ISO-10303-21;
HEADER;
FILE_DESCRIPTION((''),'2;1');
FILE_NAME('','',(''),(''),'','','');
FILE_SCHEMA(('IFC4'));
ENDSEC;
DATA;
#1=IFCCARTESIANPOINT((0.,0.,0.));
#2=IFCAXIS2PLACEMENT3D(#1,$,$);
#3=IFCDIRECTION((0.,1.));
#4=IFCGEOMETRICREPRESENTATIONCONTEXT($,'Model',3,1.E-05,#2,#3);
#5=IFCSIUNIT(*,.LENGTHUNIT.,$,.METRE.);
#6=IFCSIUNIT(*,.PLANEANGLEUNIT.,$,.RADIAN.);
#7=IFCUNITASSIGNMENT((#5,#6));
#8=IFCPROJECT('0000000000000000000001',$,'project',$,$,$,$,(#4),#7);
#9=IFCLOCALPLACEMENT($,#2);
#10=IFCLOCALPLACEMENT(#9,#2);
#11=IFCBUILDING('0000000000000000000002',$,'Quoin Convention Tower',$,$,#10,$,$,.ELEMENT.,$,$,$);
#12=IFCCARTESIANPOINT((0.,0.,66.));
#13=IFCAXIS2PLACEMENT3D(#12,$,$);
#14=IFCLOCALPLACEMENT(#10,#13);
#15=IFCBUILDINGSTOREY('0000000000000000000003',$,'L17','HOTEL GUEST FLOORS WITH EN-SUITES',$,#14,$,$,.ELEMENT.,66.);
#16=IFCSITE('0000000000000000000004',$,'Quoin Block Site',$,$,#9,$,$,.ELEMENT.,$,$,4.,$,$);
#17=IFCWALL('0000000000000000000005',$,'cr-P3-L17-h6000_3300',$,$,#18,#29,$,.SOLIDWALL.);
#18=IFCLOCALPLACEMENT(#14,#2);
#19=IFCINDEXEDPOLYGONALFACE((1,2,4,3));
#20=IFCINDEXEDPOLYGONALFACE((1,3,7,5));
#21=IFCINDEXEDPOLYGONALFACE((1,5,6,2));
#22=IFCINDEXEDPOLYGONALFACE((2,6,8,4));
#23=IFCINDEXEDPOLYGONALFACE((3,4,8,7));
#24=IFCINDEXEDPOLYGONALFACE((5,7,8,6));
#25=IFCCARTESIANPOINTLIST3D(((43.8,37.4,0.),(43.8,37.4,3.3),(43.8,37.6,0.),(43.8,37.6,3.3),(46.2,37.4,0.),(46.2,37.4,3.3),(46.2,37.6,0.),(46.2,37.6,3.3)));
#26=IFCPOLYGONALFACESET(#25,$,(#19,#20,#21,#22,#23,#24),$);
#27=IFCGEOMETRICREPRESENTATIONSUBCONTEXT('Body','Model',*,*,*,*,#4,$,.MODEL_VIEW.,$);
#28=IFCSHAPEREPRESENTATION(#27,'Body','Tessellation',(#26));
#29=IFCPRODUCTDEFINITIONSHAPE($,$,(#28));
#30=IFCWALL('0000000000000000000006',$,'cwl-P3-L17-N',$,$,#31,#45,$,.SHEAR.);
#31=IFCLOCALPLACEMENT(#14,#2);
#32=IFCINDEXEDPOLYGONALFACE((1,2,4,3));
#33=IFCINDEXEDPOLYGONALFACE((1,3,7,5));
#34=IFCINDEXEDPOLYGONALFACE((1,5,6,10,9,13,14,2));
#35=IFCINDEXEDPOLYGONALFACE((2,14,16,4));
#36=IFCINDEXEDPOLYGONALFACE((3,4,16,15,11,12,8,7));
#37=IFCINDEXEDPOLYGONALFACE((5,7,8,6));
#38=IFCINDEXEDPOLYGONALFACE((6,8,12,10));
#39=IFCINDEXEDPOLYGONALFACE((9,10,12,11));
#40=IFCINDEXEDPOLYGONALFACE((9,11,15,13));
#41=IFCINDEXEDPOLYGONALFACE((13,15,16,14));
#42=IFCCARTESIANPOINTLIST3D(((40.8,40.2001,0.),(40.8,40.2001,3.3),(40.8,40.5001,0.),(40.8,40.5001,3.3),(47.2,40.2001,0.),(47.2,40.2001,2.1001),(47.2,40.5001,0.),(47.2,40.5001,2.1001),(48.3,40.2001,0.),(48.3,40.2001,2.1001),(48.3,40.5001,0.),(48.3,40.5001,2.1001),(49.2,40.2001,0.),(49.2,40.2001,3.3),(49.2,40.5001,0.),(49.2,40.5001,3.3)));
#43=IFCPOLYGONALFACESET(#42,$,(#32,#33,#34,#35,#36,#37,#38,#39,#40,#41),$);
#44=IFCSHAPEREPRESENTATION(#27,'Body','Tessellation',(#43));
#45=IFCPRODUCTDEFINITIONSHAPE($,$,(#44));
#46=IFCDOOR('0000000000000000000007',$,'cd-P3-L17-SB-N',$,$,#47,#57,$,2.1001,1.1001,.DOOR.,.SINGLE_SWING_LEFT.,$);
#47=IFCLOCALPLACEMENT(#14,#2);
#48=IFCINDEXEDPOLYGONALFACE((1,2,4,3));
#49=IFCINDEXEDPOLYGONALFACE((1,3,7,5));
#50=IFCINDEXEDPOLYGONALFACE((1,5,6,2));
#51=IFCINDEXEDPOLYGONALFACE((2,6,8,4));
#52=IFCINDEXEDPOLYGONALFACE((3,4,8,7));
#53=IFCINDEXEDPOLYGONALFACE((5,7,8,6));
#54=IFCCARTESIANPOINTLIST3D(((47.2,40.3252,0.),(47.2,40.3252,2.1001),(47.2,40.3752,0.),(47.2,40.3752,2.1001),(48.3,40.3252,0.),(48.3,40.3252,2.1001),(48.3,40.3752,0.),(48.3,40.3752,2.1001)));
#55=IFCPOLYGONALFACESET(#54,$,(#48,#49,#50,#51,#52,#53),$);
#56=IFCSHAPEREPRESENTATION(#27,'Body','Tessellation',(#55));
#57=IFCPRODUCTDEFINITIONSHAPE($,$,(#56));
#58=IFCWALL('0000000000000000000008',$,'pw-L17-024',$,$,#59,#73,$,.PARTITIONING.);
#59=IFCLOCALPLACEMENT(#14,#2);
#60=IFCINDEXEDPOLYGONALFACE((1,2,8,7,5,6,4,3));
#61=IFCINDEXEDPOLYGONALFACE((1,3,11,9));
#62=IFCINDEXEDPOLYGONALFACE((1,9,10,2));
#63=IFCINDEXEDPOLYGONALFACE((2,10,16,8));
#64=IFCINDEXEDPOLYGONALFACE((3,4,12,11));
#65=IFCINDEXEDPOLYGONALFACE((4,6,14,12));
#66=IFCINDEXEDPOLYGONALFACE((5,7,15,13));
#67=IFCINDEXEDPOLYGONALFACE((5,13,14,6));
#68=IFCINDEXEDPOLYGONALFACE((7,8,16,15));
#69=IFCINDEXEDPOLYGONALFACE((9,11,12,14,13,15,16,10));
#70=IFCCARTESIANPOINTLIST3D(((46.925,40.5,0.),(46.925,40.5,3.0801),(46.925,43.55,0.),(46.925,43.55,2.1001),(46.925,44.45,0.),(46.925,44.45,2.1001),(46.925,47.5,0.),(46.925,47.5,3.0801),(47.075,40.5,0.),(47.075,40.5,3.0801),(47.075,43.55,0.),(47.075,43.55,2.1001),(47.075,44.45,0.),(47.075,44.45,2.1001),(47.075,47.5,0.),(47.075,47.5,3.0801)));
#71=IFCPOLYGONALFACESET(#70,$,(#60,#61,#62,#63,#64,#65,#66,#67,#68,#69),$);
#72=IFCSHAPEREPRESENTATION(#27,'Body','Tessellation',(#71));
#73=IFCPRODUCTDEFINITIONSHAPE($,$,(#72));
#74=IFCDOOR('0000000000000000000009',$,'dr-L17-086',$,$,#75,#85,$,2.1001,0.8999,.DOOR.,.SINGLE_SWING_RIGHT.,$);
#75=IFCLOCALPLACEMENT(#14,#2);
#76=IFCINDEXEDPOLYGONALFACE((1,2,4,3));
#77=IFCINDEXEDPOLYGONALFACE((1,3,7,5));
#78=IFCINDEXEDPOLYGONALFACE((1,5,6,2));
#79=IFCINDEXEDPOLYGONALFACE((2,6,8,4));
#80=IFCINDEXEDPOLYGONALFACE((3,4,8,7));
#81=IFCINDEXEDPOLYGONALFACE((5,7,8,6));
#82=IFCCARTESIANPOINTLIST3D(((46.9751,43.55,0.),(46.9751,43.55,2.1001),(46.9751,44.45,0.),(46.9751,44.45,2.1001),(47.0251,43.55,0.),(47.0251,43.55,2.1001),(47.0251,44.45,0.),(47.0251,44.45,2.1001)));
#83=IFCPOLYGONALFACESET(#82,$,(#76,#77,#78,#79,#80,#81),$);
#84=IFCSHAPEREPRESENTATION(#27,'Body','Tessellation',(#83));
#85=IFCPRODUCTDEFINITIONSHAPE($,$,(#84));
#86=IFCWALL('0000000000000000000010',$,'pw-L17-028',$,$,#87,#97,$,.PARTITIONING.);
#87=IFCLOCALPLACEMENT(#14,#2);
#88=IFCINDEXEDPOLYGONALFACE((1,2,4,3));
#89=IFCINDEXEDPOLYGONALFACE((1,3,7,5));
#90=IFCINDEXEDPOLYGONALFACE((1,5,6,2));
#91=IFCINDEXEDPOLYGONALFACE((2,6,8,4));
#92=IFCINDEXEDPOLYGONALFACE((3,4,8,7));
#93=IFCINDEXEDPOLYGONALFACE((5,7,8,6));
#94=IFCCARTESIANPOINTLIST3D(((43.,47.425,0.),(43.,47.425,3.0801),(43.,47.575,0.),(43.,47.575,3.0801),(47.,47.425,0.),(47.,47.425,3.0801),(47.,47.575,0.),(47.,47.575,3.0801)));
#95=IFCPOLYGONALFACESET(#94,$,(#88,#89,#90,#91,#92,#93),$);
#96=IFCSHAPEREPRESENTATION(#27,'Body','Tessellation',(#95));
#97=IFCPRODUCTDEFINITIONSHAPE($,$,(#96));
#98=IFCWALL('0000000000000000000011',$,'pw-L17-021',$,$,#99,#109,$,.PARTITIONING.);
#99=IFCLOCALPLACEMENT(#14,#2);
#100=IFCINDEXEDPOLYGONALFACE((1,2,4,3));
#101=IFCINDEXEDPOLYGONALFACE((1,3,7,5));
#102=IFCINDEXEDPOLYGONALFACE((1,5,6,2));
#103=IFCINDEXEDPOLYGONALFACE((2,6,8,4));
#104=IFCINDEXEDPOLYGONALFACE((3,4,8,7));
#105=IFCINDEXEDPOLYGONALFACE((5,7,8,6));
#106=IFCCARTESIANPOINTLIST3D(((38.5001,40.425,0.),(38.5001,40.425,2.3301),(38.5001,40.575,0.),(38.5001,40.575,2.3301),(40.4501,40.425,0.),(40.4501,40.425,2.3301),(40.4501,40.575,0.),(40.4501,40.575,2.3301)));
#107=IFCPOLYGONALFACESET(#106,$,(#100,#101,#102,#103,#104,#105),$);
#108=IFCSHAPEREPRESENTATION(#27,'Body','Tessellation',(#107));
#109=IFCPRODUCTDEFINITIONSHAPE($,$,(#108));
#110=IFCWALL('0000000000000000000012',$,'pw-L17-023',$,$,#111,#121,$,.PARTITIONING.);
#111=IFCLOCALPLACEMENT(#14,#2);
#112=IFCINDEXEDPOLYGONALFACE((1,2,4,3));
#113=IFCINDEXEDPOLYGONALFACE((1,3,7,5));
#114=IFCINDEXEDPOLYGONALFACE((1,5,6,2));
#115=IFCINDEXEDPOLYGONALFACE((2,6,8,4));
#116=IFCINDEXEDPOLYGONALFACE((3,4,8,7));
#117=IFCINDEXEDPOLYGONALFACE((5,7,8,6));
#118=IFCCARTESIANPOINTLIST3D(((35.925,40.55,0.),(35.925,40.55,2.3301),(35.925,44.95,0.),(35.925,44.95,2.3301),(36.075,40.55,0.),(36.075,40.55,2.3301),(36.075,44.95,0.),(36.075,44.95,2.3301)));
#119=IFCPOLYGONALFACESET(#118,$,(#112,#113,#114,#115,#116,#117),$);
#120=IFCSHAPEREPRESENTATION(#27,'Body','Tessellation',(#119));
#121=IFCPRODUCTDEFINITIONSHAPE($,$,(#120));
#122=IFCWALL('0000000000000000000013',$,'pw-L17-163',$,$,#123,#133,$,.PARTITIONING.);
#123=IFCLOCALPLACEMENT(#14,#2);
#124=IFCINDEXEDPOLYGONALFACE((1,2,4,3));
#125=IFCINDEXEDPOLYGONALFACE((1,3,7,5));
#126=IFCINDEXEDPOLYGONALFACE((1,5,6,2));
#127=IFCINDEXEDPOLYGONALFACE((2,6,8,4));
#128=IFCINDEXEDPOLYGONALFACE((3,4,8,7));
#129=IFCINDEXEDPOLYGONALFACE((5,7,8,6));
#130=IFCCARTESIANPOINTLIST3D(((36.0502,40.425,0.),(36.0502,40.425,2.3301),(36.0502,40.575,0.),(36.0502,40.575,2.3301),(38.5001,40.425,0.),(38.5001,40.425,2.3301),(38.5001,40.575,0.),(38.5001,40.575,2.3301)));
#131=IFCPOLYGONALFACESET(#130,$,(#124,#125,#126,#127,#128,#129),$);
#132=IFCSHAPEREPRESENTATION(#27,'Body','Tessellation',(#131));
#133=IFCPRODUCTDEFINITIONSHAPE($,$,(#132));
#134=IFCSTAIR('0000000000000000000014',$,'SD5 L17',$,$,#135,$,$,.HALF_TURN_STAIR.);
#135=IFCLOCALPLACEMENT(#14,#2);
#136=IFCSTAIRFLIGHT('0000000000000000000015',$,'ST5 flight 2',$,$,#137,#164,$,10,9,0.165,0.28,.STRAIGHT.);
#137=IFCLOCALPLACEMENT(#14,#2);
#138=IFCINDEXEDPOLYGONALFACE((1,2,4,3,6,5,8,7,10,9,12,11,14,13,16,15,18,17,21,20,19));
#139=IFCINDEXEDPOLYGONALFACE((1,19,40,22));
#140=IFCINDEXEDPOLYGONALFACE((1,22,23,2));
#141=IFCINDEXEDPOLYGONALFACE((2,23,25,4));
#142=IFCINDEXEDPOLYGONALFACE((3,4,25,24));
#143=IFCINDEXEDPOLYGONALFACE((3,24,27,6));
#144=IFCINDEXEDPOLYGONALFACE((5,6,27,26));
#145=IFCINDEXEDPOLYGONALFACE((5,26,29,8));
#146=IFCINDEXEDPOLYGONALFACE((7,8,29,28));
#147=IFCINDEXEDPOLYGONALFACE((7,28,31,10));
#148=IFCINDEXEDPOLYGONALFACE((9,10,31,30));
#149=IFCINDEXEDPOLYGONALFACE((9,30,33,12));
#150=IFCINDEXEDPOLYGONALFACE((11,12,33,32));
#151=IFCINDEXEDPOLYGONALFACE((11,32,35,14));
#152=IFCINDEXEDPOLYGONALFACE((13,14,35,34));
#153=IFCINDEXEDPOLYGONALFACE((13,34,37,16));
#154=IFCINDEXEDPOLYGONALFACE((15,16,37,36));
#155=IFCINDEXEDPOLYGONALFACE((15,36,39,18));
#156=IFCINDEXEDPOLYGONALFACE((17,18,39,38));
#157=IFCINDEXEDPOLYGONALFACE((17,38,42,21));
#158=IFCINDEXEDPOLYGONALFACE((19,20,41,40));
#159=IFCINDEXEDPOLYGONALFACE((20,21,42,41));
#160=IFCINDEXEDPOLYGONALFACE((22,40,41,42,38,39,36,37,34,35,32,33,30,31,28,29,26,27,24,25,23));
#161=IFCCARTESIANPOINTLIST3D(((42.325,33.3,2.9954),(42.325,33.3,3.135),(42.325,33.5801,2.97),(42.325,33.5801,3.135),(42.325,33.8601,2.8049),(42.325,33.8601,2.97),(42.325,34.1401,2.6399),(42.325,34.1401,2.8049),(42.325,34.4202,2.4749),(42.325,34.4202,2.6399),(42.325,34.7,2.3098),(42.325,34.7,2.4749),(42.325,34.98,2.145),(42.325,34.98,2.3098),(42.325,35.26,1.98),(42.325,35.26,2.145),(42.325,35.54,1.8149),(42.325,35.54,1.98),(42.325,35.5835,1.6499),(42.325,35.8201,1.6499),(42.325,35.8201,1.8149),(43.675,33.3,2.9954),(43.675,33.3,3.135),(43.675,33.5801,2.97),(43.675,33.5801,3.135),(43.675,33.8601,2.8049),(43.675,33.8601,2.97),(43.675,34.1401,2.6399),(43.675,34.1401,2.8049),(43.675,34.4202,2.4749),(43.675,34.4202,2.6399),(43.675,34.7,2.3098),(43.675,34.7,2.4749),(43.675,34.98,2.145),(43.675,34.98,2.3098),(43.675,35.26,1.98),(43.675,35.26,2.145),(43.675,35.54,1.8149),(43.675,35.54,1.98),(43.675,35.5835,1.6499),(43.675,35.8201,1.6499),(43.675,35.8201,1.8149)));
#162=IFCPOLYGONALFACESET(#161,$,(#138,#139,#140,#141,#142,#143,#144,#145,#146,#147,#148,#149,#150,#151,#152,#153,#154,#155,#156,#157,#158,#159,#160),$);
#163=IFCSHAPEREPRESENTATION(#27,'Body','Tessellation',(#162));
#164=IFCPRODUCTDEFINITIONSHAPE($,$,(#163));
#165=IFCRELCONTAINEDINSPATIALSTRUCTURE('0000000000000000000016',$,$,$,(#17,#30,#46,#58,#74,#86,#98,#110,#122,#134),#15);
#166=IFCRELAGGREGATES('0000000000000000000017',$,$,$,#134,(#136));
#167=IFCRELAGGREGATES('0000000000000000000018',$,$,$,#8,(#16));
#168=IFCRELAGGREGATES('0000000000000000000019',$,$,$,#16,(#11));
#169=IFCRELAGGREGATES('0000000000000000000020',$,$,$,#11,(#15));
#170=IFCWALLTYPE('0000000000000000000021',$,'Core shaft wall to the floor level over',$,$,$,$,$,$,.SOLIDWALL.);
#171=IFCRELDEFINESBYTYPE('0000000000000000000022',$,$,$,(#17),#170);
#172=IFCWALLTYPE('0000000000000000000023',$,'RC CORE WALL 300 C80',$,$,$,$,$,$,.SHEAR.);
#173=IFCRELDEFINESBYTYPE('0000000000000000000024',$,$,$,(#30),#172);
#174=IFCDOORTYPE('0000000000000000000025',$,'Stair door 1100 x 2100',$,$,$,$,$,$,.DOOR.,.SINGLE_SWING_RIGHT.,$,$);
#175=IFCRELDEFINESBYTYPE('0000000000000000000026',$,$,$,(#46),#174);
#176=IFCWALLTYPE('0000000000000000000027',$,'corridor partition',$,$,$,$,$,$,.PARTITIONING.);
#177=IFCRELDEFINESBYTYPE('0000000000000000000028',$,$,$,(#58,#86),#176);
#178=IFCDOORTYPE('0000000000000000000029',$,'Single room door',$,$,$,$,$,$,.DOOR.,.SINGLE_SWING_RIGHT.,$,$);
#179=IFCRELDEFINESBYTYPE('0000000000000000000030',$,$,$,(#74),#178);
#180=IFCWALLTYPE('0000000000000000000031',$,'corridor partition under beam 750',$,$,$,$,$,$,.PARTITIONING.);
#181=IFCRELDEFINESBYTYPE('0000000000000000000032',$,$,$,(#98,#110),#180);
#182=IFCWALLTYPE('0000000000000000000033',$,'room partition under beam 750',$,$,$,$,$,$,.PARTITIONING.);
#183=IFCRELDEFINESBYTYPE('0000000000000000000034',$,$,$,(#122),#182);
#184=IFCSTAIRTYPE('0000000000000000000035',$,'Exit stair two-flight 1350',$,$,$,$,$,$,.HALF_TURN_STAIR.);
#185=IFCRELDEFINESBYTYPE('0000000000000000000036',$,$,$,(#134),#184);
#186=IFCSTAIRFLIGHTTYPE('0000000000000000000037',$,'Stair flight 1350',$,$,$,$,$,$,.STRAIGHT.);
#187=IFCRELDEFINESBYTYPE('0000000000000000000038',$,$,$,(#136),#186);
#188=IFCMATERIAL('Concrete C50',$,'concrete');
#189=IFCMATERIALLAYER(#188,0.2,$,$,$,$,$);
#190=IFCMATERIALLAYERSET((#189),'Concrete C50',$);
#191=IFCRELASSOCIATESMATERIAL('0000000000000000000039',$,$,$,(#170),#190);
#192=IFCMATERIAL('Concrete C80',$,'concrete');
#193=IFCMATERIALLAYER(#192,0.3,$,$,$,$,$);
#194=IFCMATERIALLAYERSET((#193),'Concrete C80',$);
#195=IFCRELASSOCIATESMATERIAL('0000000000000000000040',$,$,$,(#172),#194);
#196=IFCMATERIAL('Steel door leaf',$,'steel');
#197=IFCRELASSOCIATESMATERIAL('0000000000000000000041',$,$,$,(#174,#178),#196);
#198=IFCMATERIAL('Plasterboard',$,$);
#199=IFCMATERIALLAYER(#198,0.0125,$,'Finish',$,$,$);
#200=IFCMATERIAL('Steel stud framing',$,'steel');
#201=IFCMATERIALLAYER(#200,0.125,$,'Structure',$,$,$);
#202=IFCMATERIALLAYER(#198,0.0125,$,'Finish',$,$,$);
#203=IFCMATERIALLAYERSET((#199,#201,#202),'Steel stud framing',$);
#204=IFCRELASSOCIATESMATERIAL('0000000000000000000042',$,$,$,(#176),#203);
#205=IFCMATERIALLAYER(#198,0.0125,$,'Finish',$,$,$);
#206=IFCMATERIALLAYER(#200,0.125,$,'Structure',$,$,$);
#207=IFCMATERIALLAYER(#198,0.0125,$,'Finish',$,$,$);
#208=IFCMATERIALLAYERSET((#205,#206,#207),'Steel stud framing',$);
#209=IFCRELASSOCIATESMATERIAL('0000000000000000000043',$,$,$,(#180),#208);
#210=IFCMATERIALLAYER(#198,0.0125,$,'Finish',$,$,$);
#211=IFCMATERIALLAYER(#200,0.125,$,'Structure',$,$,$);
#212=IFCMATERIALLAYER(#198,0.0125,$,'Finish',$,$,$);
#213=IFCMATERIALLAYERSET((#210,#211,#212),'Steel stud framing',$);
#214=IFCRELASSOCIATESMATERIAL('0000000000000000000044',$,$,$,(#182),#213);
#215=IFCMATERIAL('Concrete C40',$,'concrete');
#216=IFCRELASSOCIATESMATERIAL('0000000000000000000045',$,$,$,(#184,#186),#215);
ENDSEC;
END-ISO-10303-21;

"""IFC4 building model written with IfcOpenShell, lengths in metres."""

from ifc_helpers import new_model, si_unit, direction, frame, frame_2d, origin, place, context, subcontext, project, spatial, polyline, rectangle, outline, extrude, material, layer, layer_set, type_object, element, fill, aggregate, save


model = new_model("IFC4")

# Units and contexts
model_context = context("Model", 3, precision=1e-05, world=origin(), true_north=direction((0.0, 1.0)))
body_context = subcontext(model_context, "Body", "Model", "MODEL_VIEW")
ifc_project = project(units=[si_unit("LENGTHUNIT", "METRE"), si_unit("PLANEANGLEUNIT", "RADIAN")], contexts=[model_context])

# Site, building, storey
site_placement = place(None, origin())
site = spatial("IfcSite", under=ifc_project, at=site_placement, Name="Quoin Block Site", CompositionType="ELEMENT", RefElevation=4.0)
building_placement = place(site_placement, origin())
building = spatial("IfcBuilding", under=site, at=building_placement, Name="Quoin Convention Tower", CompositionType="ELEMENT")
storey_placement = place(building_placement, frame((0.0, 0.0, 66.0)))
storey = spatial("IfcBuildingStorey", under=building, at=storey_placement, Name="L17", Description="HOTEL GUEST FLOORS WITH EN-SUITES", CompositionType="ELEMENT", Elevation=66.0)

# Shared definitions
ifc_material_1 = material(Name="Concrete C80", Category="concrete")

# Wall
ifc_material_2 = material(Name="Concrete C50", Category="concrete")
ifc_layer_1 = layer(ifc_material_2, 0.2)
ifc_layer_set_1 = layer_set([ifc_layer_1], Name="Concrete C50")
wall_type_1 = type_object("IfcWallType", Name="Core shaft wall to the floor level over", PredefinedType="SOLIDWALL", material=ifc_layer_set_1)
wall_1_placement = place(storey_placement, frame((43.8, 37.5, 0.0), z_axis=(0.0, 0.0, 1.0), x_axis=(1.0, 0.0, 0.0)))
element("IfcWall", 1, at=wall_1_placement, inside=storey, type_object=wall_type_1, Name="cr-P3-L17-h6000_3300", PredefinedType="SOLIDWALL", context=body_context, shape_type="SweptSolid", body=[
    extrude(rectangle(XDim=2.3999, YDim=0.2, at=frame_2d((1.2, 0.0))), origin(), (0.0, 0.0, 1.0), 3.3),
])

# Walls, openings, doors
ifc_layer_2 = layer(ifc_material_1, 0.3)
ifc_layer_set_2 = layer_set([ifc_layer_2], Name="Concrete C80")
wall_type_2 = type_object("IfcWallType", Name="RC CORE WALL 300 C80", PredefinedType="SHEAR", material=ifc_layer_set_2)
wall_2_placement = place(storey_placement, frame((40.8, 40.3501, 0.0), z_axis=(0.0, 0.0, 1.0), x_axis=(1.0, 0.0, 0.0)))
wall_2 = element("IfcWall", 2, at=wall_2_placement, inside=storey, type_object=wall_type_2, Name="cwl-P3-L17-N", PredefinedType="SHEAR", context=body_context, shape_type="SweptSolid", body=[
    extrude(rectangle(XDim=8.3999, YDim=0.3, at=frame_2d((4.2, 0.0))), origin(), (0.0, 0.0, 1.0), 3.3),
])
opening_1_placement = place(wall_2_placement, frame((6.3999, 0.0, 0.0)))
opening_1 = element("IfcOpeningElement", 3, at=opening_1_placement, cuts=wall_2, PredefinedType="OPENING", context=body_context, shape_type="SweptSolid", body=[
    extrude(rectangle(XDim=1.1001, YDim=2.1001, at=frame_2d((0.55, 1.05))), frame((0.0, 0.1599, 0.0), z_axis=(0.0, -1.0, 0.0), x_axis=(1.0, 0.0, 0.0)), (0.0, 0.0, 1.0), 0.3201),
])
ifc_material_3 = material(Name="Steel door leaf", Category="steel")
door_type_1 = type_object("IfcDoorType", Name="Stair door 1100 x 2100", OperationType="SINGLE_SWING_RIGHT", PredefinedType="DOOR", material=ifc_material_3)
door_1_placement = place(opening_1_placement, frame((1.1001, 0.0, 0.0), z_axis=(0.0, 0.0, 1.0), x_axis=(-1.0, 0.0, 0.0)))
door_1 = element("IfcDoor", 4, at=door_1_placement, inside=storey, type_object=door_type_1, Name="cd-P3-L17-SB-N", OperationType="SINGLE_SWING_LEFT", OverallHeight=2.1001, OverallWidth=1.1001, PredefinedType="DOOR", context=body_context, shape_type="SweptSolid", body=[
    extrude(rectangle(XDim=1.1001, YDim=2.1001, at=frame_2d((0.55, 1.05))), frame((0.0, 0.0249, 0.0), z_axis=(0.0, -1.0, 0.0), x_axis=(1.0, 0.0, 0.0)), (0.0, 0.0, 1.0), 0.05),
])
fill(opening_1, door_1)
ifc_material_4 = material(Name="Plasterboard")
ifc_layer_3 = layer(ifc_material_4, 0.0125, Name="Finish")
ifc_material_5 = material(Name="Steel stud framing", Category="steel")
ifc_layer_4 = layer(ifc_material_5, 0.125, Name="Structure")
ifc_layer_5 = layer(ifc_material_4, 0.0125, Name="Finish")
ifc_layer_set_3 = layer_set([ifc_layer_3, ifc_layer_4, ifc_layer_5], Name="Steel stud framing")
wall_type_3 = type_object("IfcWallType", Name="corridor partition", PredefinedType="PARTITIONING", material=ifc_layer_set_3)
wall_3_placement = place(storey_placement, frame((47.0, 40.5, 0.0), z_axis=(0.0, 0.0, 1.0), x_axis=(0.0, 1.0, 0.0)))
wall_3 = element("IfcWall", 5, at=wall_3_placement, inside=storey, type_object=wall_type_3, Name="pw-L17-024", PredefinedType="PARTITIONING", context=body_context, shape_type="SweptSolid", body=[
    extrude(rectangle(XDim=7.0, YDim=0.1499, at=frame_2d((3.5, 0.0))), origin(), (0.0, 0.0, 1.0), 3.0801),
])
opening_2_placement = place(wall_3_placement, frame((3.05, 0.0, 0.0)))
opening_2 = element("IfcOpeningElement", 6, at=opening_2_placement, cuts=wall_3, PredefinedType="OPENING", context=body_context, shape_type="SweptSolid", body=[
    extrude(rectangle(XDim=0.8999, YDim=2.1001, at=frame_2d((0.45, 1.05))), frame((0.0, 0.085, 0.0), z_axis=(0.0, -1.0, 0.0), x_axis=(1.0, 0.0, 0.0)), (0.0, 0.0, 1.0), 0.1699),
])
door_type_2 = type_object("IfcDoorType", Name="Single room door", OperationType="SINGLE_SWING_RIGHT", PredefinedType="DOOR", material=ifc_material_3)
door_2_placement = place(opening_2_placement, origin())
door_2 = element("IfcDoor", 7, at=door_2_placement, inside=storey, type_object=door_type_2, Name="dr-L17-086", OperationType="SINGLE_SWING_RIGHT", OverallHeight=2.1001, OverallWidth=0.8999, PredefinedType="DOOR", context=body_context, shape_type="SweptSolid", body=[
    extrude(rectangle(XDim=0.8999, YDim=2.1001, at=frame_2d((0.45, 1.05))), frame((0.0, 0.0249, 0.0), z_axis=(0.0, -1.0, 0.0), x_axis=(1.0, 0.0, 0.0)), (0.0, 0.0, 1.0), 0.05),
])
fill(opening_2, door_2)

# Walls
wall_4_placement = place(storey_placement, frame((43.0, 47.5, 0.0), z_axis=(0.0, 0.0, 1.0), x_axis=(1.0, 0.0, 0.0)))
element("IfcWall", 8, at=wall_4_placement, inside=storey, type_object=wall_type_3, Name="pw-L17-028", PredefinedType="PARTITIONING", context=body_context, shape_type="SweptSolid", body=[
    extrude(rectangle(XDim=4.0, YDim=0.1499, at=frame_2d((2.0, 0.0))), origin(), (0.0, 0.0, 1.0), 3.0801),
])
ifc_layer_6 = layer(ifc_material_4, 0.0125, Name="Finish")
ifc_layer_7 = layer(ifc_material_5, 0.125, Name="Structure")
ifc_layer_8 = layer(ifc_material_4, 0.0125, Name="Finish")
ifc_layer_set_4 = layer_set([ifc_layer_6, ifc_layer_7, ifc_layer_8], Name="Steel stud framing")
wall_type_4 = type_object("IfcWallType", Name="corridor partition under beam 750", PredefinedType="PARTITIONING", material=ifc_layer_set_4)
wall_5_placement = place(storey_placement, frame((38.5, 40.5, 0.0), z_axis=(0.0, 0.0, 1.0), x_axis=(1.0, 0.0, 0.0)))
element("IfcWall", 9, at=wall_5_placement, inside=storey, type_object=wall_type_4, Name="pw-L17-021", PredefinedType="PARTITIONING", context=body_context, shape_type="SweptSolid", body=[
    extrude(rectangle(XDim=1.95, YDim=0.1499, at=frame_2d((0.9751, 0.0))), origin(), (0.0, 0.0, 1.0), 2.3301),
])
wall_6_placement = place(storey_placement, frame((36.0, 40.55, 0.0), z_axis=(0.0, 0.0, 1.0), x_axis=(0.0, 1.0, 0.0)))
element("IfcWall", 10, at=wall_6_placement, inside=storey, type_object=wall_type_4, Name="pw-L17-023", PredefinedType="PARTITIONING", context=body_context, shape_type="SweptSolid", body=[
    extrude(rectangle(XDim=4.3999, YDim=0.1499, at=frame_2d((2.2, 0.0))), origin(), (0.0, 0.0, 1.0), 2.3301),
])
ifc_layer_9 = layer(ifc_material_4, 0.0125, Name="Finish")
ifc_layer_10 = layer(ifc_material_5, 0.125, Name="Structure")
ifc_layer_11 = layer(ifc_material_4, 0.0125, Name="Finish")
ifc_layer_set_5 = layer_set([ifc_layer_9, ifc_layer_10, ifc_layer_11], Name="Steel stud framing")
wall_type_5 = type_object("IfcWallType", Name="room partition under beam 750", PredefinedType="PARTITIONING", material=ifc_layer_set_5)
wall_7_placement = place(storey_placement, frame((36.05, 40.5, 0.0), z_axis=(0.0, 0.0, 1.0), x_axis=(1.0, 0.0, 0.0)))
element("IfcWall", 11, at=wall_7_placement, inside=storey, type_object=wall_type_5, Name="pw-L17-163", PredefinedType="PARTITIONING", context=body_context, shape_type="SweptSolid", body=[
    extrude(rectangle(XDim=2.45, YDim=0.1499, at=frame_2d((1.2251, 0.0))), origin(), (0.0, 0.0, 1.0), 2.3301),
])

# Stair, stair flight
ifc_material_6 = material(Name="Concrete C40", Category="concrete")
stair_type = type_object("IfcStairType", Name="Exit stair two-flight 1350", PredefinedType="HALF_TURN_STAIR", material=ifc_material_6)
stair_1_placement = place(storey_placement, origin())
stair_1 = element("IfcStair", 12, at=stair_1_placement, inside=storey, type_object=stair_type, Name="SD5 L17", PredefinedType="HALF_TURN_STAIR")
stair_flight_type = type_object("IfcStairFlightType", Name="Stair flight 1350", PredefinedType="STRAIGHT", material=ifc_material_6)
stair_flight_1_placement = place(storey_placement, frame((43.0, 35.8201, 1.6499), z_axis=(0.0, 0.0, 1.0), x_axis=(0.0, -1.0, 0.0)))
stair_flight_1 = element("IfcStairFlight", 13, at=stair_flight_1_placement, type_object=stair_flight_type, Name="ST5 flight 2", NumberOfRisers=10, NumberOfTreads=9, PredefinedType="STRAIGHT", RiserHeight=0.165, TreadLength=0.28, context=body_context, shape_type="SweptSolid", body=[
    extrude(outline(polyline([(0.0, 0.0), (0.0, 0.165), (0.28, 0.165), (0.28, 0.3301), (0.5601, 0.3301), (0.5601, 0.4951), (0.8401, 0.4951), (0.8401, 0.6599), (1.1201, 0.6599), (1.1201, 0.825), (1.3999, 0.825), (1.3999, 0.99), (1.6799, 0.99), (1.6799, 1.155), (1.96, 1.155), (1.96, 1.3201), (2.24, 1.3201), (2.24, 1.4851), (2.52, 1.4851), (2.52, 1.6499), (2.52, 1.3455), (0.2366, 0.0), (0.0, 0.0)])), frame((0.0, 0.675, 0.0), z_axis=(0.0, -1.0, 0.0), x_axis=(1.0, 0.0, 0.0)), (0.0, 0.0, 1.0), 1.3501),
])
aggregate(stair_1, [stair_flight_1])

save(model, "model.ifc")
